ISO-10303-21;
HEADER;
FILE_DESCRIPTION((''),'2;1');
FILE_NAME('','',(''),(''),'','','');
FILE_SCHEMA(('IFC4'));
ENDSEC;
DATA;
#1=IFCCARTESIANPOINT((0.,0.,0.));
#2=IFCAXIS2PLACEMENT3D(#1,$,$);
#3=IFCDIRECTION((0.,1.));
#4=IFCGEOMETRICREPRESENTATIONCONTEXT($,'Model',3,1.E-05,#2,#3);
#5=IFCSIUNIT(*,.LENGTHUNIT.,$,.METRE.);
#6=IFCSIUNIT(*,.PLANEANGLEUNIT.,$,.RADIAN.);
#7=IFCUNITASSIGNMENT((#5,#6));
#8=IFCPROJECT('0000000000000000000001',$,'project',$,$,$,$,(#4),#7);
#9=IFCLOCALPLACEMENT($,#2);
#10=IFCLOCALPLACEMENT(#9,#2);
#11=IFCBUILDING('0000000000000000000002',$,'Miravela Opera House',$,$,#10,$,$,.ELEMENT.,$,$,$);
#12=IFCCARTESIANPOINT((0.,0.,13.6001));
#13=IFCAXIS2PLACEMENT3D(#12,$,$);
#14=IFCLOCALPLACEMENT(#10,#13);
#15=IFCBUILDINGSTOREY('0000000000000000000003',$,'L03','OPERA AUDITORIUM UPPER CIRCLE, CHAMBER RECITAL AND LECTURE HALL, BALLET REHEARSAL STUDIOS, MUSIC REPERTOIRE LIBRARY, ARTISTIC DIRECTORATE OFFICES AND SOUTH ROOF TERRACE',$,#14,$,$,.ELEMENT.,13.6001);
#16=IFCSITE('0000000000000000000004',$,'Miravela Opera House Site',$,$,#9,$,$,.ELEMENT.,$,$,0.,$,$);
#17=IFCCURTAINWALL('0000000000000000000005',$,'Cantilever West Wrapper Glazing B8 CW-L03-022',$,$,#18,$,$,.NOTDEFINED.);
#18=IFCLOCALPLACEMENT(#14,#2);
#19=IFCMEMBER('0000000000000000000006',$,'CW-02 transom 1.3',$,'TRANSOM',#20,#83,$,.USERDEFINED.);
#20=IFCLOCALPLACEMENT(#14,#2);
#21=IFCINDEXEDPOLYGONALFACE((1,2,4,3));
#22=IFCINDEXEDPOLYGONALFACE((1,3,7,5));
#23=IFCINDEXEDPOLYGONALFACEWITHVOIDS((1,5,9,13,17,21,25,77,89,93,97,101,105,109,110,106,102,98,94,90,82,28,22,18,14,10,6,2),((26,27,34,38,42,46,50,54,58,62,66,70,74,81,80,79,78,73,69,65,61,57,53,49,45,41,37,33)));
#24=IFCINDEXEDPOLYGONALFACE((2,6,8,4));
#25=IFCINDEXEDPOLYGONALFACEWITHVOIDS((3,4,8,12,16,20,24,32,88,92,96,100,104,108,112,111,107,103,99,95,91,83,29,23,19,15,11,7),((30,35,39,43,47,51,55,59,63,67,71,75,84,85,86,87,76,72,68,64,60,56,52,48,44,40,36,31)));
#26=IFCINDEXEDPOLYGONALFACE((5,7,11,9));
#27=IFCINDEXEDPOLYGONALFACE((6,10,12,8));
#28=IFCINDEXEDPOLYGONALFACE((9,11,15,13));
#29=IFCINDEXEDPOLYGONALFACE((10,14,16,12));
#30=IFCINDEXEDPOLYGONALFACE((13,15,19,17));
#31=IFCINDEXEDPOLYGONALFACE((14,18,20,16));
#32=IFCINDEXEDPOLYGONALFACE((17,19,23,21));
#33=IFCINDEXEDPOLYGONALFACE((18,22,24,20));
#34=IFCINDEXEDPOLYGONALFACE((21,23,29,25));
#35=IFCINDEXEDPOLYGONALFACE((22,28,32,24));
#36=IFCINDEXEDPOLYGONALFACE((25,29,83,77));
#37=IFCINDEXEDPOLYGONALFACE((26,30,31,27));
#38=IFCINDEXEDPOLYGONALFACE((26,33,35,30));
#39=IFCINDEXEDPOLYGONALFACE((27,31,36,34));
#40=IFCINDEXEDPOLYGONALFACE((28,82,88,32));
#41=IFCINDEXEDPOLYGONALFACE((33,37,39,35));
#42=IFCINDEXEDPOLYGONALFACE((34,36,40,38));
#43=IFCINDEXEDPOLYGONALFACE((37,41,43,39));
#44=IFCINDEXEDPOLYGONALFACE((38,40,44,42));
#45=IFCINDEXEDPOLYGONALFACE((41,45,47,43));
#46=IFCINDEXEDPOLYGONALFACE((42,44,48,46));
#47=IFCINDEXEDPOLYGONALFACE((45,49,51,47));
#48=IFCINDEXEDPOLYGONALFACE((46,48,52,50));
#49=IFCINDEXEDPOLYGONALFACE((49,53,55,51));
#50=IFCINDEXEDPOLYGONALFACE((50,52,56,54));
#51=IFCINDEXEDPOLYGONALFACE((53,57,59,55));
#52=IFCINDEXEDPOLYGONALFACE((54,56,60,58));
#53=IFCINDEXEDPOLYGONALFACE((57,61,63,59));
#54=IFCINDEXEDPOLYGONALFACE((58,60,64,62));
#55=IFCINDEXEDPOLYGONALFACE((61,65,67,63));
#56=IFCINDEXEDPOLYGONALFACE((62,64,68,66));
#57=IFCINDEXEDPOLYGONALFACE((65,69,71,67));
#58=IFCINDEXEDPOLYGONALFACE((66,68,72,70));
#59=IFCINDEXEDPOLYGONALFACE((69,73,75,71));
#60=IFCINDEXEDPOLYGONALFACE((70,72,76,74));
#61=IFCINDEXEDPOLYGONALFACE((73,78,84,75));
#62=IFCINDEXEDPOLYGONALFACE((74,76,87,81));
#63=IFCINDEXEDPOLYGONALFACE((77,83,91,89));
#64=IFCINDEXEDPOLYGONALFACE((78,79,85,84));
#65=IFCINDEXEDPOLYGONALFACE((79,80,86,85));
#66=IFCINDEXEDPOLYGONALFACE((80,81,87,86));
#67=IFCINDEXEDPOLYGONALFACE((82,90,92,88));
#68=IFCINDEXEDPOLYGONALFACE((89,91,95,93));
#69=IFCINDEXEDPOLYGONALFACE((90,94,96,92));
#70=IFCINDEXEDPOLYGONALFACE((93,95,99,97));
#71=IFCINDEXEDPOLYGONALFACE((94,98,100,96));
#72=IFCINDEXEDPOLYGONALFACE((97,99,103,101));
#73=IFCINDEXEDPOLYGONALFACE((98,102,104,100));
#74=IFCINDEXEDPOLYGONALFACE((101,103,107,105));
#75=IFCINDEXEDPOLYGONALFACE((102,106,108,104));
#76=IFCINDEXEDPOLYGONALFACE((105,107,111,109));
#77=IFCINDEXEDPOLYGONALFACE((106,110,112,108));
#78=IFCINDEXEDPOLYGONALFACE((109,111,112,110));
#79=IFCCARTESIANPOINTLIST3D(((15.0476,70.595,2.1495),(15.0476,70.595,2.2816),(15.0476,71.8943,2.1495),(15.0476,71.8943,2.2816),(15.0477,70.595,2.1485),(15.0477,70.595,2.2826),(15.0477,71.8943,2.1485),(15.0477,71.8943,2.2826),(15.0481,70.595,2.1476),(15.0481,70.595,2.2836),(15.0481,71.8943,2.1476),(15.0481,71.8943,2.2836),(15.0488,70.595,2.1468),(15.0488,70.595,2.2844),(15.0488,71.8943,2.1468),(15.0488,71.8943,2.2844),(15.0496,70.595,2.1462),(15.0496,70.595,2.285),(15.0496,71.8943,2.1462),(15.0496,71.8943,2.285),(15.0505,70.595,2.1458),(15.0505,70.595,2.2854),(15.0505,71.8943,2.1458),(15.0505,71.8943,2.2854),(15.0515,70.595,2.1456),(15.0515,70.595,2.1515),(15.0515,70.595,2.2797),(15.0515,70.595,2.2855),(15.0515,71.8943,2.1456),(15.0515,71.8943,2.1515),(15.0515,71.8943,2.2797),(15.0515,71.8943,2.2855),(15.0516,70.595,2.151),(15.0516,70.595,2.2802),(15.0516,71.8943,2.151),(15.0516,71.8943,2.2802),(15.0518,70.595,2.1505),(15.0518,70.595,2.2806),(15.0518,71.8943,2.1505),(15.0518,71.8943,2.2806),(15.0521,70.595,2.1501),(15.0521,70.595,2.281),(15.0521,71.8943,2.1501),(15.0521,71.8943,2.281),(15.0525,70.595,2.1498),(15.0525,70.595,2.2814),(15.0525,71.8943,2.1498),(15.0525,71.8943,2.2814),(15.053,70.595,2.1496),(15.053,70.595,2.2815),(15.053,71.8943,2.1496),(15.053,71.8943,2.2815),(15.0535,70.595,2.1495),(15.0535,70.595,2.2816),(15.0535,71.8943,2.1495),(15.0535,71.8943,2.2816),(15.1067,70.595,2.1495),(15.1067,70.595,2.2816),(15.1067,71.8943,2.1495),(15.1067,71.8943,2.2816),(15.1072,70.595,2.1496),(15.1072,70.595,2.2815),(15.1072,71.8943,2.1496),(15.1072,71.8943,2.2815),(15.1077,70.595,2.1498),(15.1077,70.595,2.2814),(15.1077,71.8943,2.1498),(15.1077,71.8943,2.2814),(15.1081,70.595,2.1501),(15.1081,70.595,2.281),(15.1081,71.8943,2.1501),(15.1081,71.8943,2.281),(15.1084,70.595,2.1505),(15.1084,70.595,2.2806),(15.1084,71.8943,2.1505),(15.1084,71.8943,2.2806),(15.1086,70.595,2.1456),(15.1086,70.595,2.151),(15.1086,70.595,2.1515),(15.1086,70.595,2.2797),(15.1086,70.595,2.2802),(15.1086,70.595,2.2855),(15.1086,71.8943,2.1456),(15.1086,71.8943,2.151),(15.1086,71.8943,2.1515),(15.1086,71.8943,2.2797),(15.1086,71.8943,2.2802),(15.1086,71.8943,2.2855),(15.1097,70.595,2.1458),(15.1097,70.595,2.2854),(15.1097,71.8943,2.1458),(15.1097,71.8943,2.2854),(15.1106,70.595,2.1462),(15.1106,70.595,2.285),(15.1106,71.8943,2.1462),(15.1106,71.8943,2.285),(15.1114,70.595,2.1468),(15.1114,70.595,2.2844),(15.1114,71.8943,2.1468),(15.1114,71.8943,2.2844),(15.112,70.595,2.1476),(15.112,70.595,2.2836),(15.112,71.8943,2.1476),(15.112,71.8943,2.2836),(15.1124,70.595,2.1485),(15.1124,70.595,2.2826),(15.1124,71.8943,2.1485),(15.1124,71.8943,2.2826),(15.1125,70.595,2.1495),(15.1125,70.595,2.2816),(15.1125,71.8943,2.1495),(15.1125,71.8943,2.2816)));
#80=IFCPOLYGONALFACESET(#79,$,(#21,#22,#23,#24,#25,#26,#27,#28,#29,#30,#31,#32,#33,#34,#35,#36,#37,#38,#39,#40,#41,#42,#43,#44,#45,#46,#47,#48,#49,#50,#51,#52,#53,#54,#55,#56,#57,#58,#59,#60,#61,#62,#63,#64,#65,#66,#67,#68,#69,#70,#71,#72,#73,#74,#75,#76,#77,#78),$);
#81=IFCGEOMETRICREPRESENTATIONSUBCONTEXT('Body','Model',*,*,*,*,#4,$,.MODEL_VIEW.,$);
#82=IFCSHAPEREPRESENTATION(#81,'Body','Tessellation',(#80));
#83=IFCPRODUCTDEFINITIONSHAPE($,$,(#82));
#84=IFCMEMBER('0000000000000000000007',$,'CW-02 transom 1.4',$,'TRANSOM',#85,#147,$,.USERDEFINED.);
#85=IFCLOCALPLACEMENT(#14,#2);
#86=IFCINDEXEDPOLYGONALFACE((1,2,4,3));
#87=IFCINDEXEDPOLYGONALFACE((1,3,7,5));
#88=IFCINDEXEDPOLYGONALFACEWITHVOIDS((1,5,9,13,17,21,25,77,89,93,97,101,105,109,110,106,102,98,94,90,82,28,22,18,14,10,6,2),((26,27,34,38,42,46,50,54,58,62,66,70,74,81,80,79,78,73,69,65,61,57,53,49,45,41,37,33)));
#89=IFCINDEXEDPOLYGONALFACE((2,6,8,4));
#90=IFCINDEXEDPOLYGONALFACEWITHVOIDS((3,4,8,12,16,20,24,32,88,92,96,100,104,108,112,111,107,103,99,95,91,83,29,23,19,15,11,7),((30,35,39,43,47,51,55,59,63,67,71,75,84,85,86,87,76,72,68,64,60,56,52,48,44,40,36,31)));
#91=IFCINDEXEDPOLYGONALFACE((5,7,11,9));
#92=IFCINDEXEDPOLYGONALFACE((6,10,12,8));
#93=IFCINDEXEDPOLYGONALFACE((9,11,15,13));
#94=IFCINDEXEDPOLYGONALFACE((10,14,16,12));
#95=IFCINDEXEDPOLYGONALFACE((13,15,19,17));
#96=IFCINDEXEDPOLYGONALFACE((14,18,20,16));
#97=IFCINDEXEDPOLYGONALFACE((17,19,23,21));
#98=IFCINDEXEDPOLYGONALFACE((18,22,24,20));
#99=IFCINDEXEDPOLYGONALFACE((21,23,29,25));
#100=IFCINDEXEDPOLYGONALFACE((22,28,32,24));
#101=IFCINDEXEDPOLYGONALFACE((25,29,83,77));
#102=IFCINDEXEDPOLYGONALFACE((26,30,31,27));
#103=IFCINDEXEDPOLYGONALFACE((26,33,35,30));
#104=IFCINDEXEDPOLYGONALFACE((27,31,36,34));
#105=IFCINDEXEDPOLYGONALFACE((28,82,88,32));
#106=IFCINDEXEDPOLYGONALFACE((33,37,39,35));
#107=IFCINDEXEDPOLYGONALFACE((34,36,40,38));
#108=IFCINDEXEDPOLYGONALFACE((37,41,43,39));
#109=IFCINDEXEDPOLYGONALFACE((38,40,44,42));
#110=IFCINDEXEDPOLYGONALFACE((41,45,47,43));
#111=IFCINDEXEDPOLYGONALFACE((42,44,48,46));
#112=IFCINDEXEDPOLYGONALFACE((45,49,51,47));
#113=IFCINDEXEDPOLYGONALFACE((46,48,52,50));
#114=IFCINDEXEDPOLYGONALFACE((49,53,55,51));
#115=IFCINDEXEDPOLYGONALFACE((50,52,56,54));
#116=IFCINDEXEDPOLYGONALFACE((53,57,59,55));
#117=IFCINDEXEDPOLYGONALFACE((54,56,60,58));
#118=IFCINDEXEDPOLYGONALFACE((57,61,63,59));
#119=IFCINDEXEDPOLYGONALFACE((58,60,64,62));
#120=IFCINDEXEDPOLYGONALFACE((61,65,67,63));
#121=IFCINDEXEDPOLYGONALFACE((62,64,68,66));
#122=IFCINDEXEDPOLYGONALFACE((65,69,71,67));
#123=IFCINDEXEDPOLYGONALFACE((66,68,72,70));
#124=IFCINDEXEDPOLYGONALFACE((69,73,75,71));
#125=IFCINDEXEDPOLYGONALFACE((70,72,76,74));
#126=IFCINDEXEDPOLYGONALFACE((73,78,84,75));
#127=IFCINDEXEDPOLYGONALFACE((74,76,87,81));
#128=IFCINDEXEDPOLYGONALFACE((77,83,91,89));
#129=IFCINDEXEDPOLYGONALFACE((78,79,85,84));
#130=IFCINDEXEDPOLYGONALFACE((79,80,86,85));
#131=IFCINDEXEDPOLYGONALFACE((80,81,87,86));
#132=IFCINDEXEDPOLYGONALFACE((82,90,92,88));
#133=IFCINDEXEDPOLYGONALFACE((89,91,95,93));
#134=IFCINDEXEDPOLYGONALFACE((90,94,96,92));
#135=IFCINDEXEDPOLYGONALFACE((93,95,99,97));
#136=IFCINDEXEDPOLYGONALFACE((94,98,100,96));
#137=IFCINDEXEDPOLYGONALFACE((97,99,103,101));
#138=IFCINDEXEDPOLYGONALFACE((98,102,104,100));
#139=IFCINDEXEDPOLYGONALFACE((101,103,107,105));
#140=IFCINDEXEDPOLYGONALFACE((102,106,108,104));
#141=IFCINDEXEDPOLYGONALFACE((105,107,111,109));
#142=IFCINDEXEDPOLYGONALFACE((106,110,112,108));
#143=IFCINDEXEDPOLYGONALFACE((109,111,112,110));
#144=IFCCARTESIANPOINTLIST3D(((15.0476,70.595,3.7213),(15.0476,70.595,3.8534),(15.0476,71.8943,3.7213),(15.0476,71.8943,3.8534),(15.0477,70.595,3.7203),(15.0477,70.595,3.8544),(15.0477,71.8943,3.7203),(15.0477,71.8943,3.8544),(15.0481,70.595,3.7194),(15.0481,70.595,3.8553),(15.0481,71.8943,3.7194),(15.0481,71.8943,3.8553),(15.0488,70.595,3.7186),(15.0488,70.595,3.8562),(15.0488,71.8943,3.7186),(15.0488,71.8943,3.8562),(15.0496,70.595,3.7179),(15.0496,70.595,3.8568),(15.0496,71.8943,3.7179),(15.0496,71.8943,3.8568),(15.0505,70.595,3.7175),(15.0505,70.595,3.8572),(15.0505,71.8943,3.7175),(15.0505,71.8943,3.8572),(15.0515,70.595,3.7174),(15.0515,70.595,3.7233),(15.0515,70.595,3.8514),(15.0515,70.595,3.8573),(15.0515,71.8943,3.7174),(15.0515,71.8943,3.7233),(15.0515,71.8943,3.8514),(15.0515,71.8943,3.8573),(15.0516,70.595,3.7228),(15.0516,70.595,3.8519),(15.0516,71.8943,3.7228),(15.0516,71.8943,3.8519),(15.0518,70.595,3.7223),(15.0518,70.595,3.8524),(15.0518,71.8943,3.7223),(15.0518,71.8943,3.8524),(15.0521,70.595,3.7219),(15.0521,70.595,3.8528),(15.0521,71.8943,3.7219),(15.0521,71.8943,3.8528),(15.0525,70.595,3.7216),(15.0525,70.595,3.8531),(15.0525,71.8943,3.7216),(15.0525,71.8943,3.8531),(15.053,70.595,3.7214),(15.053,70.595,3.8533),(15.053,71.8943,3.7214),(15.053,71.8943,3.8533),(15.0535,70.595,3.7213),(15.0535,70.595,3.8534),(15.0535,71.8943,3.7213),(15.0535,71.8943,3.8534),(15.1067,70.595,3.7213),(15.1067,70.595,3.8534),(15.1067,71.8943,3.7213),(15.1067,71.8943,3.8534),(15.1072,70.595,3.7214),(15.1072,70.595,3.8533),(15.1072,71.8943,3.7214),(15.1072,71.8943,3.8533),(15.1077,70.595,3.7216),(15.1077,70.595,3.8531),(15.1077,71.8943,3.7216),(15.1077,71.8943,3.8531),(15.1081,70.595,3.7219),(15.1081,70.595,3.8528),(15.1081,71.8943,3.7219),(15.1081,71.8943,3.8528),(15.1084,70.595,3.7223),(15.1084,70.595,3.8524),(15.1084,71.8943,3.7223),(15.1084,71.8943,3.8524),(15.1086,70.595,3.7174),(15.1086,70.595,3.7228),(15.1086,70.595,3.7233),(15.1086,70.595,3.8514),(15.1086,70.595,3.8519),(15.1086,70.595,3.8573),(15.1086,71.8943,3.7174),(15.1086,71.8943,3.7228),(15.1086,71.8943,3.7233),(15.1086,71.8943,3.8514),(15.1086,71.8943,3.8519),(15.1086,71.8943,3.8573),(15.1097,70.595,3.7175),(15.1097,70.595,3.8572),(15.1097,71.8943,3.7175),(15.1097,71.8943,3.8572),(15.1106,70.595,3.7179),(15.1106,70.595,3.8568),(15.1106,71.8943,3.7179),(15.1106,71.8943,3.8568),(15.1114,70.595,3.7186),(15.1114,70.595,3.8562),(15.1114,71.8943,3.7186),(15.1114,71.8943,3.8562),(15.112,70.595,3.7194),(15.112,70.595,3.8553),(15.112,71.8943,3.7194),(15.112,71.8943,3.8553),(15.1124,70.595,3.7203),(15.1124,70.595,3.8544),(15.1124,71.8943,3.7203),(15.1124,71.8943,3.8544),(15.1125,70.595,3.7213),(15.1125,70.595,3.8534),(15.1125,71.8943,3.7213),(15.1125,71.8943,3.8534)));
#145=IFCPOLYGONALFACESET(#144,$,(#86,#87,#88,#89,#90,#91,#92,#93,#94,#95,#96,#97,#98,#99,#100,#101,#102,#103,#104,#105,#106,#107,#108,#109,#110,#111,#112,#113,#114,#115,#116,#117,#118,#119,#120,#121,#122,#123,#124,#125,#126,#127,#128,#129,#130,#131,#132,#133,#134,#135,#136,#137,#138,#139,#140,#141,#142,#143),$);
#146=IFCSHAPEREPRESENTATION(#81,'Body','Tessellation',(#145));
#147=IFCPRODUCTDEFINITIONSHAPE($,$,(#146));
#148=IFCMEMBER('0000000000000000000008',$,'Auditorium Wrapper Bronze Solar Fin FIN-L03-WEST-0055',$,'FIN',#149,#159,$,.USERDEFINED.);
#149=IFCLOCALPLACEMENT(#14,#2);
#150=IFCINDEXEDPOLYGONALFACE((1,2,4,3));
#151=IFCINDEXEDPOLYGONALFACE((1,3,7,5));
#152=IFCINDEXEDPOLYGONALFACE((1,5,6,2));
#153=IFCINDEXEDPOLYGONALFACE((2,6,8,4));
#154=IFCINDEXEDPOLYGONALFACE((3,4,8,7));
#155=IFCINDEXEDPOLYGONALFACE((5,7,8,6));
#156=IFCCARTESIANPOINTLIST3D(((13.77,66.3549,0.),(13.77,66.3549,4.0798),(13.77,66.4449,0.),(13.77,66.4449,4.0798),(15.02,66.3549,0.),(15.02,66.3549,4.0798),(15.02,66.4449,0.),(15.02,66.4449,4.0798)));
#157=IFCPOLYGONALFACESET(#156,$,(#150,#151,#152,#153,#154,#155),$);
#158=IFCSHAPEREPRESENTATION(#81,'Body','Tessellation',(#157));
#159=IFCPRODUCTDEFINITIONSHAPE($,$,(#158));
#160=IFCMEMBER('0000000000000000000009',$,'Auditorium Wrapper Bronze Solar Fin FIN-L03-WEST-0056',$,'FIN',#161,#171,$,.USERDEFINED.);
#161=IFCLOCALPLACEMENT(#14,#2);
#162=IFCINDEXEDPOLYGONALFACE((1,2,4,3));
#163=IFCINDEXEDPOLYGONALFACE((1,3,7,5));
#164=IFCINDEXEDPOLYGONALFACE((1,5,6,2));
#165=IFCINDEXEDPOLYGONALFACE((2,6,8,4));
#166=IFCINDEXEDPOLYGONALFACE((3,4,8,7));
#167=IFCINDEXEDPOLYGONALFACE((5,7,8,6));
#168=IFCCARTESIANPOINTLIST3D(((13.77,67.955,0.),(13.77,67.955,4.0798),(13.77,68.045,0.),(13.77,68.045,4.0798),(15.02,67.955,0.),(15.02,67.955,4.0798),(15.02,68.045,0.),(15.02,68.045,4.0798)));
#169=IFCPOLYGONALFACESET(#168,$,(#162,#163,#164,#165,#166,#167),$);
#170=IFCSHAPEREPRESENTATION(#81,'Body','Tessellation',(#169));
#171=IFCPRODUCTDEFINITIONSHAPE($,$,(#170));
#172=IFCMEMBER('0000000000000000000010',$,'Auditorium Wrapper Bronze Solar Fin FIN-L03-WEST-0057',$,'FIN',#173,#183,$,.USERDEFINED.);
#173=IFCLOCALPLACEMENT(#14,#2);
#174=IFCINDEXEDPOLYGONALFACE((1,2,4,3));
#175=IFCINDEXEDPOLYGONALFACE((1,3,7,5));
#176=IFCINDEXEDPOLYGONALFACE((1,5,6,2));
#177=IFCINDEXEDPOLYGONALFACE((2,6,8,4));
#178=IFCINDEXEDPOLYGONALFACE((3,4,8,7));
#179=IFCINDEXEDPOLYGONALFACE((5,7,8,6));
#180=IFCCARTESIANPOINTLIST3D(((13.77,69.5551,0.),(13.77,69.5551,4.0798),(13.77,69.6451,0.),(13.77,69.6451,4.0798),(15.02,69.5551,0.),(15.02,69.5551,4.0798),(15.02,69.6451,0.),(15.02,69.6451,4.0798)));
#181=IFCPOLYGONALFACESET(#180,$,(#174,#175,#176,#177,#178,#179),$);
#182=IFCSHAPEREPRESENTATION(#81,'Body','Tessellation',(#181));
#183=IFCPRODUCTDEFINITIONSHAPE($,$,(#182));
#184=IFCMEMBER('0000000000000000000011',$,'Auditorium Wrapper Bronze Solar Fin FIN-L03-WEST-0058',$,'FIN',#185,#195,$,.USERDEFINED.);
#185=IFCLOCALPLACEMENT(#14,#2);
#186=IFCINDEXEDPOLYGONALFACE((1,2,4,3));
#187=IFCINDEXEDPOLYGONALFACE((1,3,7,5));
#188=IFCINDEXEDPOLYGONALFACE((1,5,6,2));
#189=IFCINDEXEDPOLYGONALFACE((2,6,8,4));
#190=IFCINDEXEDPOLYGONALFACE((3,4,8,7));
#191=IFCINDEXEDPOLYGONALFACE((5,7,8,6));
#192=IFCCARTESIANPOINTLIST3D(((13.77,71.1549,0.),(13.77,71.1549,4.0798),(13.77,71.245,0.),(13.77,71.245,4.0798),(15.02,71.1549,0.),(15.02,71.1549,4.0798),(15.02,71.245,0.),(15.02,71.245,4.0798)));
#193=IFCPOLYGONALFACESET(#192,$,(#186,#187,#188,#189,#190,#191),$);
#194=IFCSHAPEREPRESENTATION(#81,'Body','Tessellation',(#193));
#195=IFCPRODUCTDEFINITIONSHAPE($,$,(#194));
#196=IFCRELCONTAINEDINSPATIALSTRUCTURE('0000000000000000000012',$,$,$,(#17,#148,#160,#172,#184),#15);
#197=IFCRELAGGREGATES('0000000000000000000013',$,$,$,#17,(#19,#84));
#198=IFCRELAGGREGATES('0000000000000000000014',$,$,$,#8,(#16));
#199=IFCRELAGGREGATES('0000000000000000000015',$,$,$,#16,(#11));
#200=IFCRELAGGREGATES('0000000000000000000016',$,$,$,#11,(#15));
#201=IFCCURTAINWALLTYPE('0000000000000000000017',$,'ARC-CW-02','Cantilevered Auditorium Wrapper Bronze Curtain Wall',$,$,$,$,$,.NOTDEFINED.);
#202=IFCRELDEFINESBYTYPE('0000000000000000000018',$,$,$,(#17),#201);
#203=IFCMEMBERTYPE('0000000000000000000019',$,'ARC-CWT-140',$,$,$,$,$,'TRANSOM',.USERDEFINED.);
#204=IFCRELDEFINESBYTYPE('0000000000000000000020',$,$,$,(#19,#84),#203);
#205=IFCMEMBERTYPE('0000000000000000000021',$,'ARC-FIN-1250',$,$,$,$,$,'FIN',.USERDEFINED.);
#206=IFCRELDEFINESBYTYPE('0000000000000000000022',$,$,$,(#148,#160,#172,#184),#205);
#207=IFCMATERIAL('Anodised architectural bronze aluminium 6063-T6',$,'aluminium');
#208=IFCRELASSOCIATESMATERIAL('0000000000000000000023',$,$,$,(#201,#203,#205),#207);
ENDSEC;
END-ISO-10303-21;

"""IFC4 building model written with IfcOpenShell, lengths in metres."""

from ifc_helpers import new_model, si_unit, direction, frame, origin, origin_2d, place, context, subcontext, project, spatial, rectangle, hollow_rectangle, extrude, material, material_profile, profile_set, type_object, element, aggregate, save


model = new_model("IFC4")

# Units and contexts
model_context = context("Model", 3, precision=1e-05, world=origin(), true_north=direction((0.0, 1.0)))
body_context = subcontext(model_context, "Body", "Model", "MODEL_VIEW")
ifc_project = project(units=[si_unit("LENGTHUNIT", "METRE"), si_unit("PLANEANGLEUNIT", "RADIAN")], contexts=[model_context])

# Site, building, storey
site_placement = place(None, origin())
site = spatial("IfcSite", under=ifc_project, at=site_placement, Name="Miravela Opera House Site", CompositionType="ELEMENT", RefElevation=0.0)
building_placement = place(site_placement, origin())
building = spatial("IfcBuilding", under=site, at=building_placement, Name="Miravela Opera House", CompositionType="ELEMENT")
storey_placement = place(building_placement, frame((0.0, 0.0, 13.6001)))
storey = spatial("IfcBuildingStorey", under=building, at=storey_placement, Name="L03", Description="OPERA AUDITORIUM UPPER CIRCLE, CHAMBER RECITAL AND LECTURE HALL, BALLET REHEARSAL STUDIOS, MUSIC REPERTOIRE LIBRARY, ARTISTIC DIRECTORATE OFFICES AND SOUTH ROOF TERRACE", CompositionType="ELEMENT", Elevation=13.6001)

# Shared definitions
ifc_material_1 = material(Name="Anodised architectural bronze aluminium 6063-T6", Category="aluminium")
curtain_wall_type = type_object("IfcCurtainWallType", Name="ARC-CW-02", Description="Cantilevered Auditorium Wrapper Bronze Curtain Wall", PredefinedType="NOTDEFINED", material=ifc_material_1)

# Curtain wall
curtain_wall_1_placement = place(storey_placement, origin())
curtain_wall_1 = element("IfcCurtainWall", 1, at=curtain_wall_1_placement, inside=storey, type_object=curtain_wall_type, Name="Cantilever West Wrapper Glazing B8 CW-L03-022", PredefinedType="NOTDEFINED")

# Members
ifc_material_profile_1 = material_profile(ifc_material_1, hollow_rectangle(XDim=0.0649, YDim=0.1399, WallThickness=0.0039, InnerFilletRadius=0.002, OuterFilletRadius=0.0039, at=origin_2d()), Name="CWT-65X140")
ifc_profile_set_1 = profile_set([ifc_material_profile_1])
member_type_1 = type_object("IfcMemberType", Name="ARC-CWT-140", ElementType="TRANSOM", PredefinedType="USERDEFINED", material=ifc_profile_set_1)
member_1_placement = place(storey_placement, frame((15.0801, 70.595, 2.2156), z_axis=(0.0, 1.0, 0.0), x_axis=(-1.0, 0.0, 0.0)))
member_1 = element("IfcMember", 2, at=member_1_placement, type_object=member_type_1, Name="CW-02 transom 1.3", ObjectType="TRANSOM", PredefinedType="USERDEFINED", context=body_context, shape_type="SweptSolid", body=[
    extrude(hollow_rectangle(XDim=0.0649, YDim=0.1399, WallThickness=0.0039, InnerFilletRadius=0.002, OuterFilletRadius=0.0039, at=origin_2d()), origin(), (0.0, 0.0, 1.0), 1.2993),
])
member_2_placement = place(storey_placement, frame((15.0801, 70.595, 3.7874), z_axis=(0.0, 1.0, 0.0), x_axis=(-1.0, 0.0, 0.0)))
member_2 = element("IfcMember", 3, at=member_2_placement, type_object=member_type_1, Name="CW-02 transom 1.4", ObjectType="TRANSOM", PredefinedType="USERDEFINED", context=body_context, shape_type="SweptSolid", body=[
    extrude(hollow_rectangle(XDim=0.0649, YDim=0.1399, WallThickness=0.0039, InnerFilletRadius=0.002, OuterFilletRadius=0.0039, at=origin_2d()), origin(), (0.0, 0.0, 1.0), 1.2993),
])
aggregate(curtain_wall_1, [member_1, member_2])

# Members
ifc_material_profile_2 = material_profile(ifc_material_1, rectangle(XDim=0.0901, YDim=1.25, at=origin_2d()), Name="FIN-1250X90")
ifc_profile_set_2 = profile_set([ifc_material_profile_2])
member_type_2 = type_object("IfcMemberType", Name="ARC-FIN-1250", ElementType="FIN", PredefinedType="USERDEFINED", material=ifc_profile_set_2)
for number, where, z_axis, x_axis, name in (
    (4, (14.395, 66.3999, 0.0), (0.0, 0.0, 1.0), (0.0, 1.0, 0.0), "Auditorium Wrapper Bronze Solar Fin FIN-L03-WEST-0055"),
    (5, (14.395, 68.0, 0.0), (0.0, 0.0, 1.0), (0.0, 1.0, 0.0), "Auditorium Wrapper Bronze Solar Fin FIN-L03-WEST-0056"),
    (6, (14.395, 69.6001, 0.0), (0.0, 0.0, 1.0), (0.0, 1.0, 0.0), "Auditorium Wrapper Bronze Solar Fin FIN-L03-WEST-0057"),
    (7, (14.395, 71.2, 0.0), (0.0, 0.0, 1.0), (0.0, 1.0, 0.0), "Auditorium Wrapper Bronze Solar Fin FIN-L03-WEST-0058"),
):
    element("IfcMember", number, at=place(storey_placement, frame(where, z_axis=z_axis, x_axis=x_axis)), inside=storey, type_object=member_type_2, Name=name, ObjectType="FIN", PredefinedType="USERDEFINED", context=body_context, shape_type="SweptSolid", body=[
        extrude(rectangle(XDim=0.0901, YDim=1.25, at=origin_2d()), origin(), (0.0, 0.0, 1.0), 4.0798),
    ])

save(model, "model.ifc")
